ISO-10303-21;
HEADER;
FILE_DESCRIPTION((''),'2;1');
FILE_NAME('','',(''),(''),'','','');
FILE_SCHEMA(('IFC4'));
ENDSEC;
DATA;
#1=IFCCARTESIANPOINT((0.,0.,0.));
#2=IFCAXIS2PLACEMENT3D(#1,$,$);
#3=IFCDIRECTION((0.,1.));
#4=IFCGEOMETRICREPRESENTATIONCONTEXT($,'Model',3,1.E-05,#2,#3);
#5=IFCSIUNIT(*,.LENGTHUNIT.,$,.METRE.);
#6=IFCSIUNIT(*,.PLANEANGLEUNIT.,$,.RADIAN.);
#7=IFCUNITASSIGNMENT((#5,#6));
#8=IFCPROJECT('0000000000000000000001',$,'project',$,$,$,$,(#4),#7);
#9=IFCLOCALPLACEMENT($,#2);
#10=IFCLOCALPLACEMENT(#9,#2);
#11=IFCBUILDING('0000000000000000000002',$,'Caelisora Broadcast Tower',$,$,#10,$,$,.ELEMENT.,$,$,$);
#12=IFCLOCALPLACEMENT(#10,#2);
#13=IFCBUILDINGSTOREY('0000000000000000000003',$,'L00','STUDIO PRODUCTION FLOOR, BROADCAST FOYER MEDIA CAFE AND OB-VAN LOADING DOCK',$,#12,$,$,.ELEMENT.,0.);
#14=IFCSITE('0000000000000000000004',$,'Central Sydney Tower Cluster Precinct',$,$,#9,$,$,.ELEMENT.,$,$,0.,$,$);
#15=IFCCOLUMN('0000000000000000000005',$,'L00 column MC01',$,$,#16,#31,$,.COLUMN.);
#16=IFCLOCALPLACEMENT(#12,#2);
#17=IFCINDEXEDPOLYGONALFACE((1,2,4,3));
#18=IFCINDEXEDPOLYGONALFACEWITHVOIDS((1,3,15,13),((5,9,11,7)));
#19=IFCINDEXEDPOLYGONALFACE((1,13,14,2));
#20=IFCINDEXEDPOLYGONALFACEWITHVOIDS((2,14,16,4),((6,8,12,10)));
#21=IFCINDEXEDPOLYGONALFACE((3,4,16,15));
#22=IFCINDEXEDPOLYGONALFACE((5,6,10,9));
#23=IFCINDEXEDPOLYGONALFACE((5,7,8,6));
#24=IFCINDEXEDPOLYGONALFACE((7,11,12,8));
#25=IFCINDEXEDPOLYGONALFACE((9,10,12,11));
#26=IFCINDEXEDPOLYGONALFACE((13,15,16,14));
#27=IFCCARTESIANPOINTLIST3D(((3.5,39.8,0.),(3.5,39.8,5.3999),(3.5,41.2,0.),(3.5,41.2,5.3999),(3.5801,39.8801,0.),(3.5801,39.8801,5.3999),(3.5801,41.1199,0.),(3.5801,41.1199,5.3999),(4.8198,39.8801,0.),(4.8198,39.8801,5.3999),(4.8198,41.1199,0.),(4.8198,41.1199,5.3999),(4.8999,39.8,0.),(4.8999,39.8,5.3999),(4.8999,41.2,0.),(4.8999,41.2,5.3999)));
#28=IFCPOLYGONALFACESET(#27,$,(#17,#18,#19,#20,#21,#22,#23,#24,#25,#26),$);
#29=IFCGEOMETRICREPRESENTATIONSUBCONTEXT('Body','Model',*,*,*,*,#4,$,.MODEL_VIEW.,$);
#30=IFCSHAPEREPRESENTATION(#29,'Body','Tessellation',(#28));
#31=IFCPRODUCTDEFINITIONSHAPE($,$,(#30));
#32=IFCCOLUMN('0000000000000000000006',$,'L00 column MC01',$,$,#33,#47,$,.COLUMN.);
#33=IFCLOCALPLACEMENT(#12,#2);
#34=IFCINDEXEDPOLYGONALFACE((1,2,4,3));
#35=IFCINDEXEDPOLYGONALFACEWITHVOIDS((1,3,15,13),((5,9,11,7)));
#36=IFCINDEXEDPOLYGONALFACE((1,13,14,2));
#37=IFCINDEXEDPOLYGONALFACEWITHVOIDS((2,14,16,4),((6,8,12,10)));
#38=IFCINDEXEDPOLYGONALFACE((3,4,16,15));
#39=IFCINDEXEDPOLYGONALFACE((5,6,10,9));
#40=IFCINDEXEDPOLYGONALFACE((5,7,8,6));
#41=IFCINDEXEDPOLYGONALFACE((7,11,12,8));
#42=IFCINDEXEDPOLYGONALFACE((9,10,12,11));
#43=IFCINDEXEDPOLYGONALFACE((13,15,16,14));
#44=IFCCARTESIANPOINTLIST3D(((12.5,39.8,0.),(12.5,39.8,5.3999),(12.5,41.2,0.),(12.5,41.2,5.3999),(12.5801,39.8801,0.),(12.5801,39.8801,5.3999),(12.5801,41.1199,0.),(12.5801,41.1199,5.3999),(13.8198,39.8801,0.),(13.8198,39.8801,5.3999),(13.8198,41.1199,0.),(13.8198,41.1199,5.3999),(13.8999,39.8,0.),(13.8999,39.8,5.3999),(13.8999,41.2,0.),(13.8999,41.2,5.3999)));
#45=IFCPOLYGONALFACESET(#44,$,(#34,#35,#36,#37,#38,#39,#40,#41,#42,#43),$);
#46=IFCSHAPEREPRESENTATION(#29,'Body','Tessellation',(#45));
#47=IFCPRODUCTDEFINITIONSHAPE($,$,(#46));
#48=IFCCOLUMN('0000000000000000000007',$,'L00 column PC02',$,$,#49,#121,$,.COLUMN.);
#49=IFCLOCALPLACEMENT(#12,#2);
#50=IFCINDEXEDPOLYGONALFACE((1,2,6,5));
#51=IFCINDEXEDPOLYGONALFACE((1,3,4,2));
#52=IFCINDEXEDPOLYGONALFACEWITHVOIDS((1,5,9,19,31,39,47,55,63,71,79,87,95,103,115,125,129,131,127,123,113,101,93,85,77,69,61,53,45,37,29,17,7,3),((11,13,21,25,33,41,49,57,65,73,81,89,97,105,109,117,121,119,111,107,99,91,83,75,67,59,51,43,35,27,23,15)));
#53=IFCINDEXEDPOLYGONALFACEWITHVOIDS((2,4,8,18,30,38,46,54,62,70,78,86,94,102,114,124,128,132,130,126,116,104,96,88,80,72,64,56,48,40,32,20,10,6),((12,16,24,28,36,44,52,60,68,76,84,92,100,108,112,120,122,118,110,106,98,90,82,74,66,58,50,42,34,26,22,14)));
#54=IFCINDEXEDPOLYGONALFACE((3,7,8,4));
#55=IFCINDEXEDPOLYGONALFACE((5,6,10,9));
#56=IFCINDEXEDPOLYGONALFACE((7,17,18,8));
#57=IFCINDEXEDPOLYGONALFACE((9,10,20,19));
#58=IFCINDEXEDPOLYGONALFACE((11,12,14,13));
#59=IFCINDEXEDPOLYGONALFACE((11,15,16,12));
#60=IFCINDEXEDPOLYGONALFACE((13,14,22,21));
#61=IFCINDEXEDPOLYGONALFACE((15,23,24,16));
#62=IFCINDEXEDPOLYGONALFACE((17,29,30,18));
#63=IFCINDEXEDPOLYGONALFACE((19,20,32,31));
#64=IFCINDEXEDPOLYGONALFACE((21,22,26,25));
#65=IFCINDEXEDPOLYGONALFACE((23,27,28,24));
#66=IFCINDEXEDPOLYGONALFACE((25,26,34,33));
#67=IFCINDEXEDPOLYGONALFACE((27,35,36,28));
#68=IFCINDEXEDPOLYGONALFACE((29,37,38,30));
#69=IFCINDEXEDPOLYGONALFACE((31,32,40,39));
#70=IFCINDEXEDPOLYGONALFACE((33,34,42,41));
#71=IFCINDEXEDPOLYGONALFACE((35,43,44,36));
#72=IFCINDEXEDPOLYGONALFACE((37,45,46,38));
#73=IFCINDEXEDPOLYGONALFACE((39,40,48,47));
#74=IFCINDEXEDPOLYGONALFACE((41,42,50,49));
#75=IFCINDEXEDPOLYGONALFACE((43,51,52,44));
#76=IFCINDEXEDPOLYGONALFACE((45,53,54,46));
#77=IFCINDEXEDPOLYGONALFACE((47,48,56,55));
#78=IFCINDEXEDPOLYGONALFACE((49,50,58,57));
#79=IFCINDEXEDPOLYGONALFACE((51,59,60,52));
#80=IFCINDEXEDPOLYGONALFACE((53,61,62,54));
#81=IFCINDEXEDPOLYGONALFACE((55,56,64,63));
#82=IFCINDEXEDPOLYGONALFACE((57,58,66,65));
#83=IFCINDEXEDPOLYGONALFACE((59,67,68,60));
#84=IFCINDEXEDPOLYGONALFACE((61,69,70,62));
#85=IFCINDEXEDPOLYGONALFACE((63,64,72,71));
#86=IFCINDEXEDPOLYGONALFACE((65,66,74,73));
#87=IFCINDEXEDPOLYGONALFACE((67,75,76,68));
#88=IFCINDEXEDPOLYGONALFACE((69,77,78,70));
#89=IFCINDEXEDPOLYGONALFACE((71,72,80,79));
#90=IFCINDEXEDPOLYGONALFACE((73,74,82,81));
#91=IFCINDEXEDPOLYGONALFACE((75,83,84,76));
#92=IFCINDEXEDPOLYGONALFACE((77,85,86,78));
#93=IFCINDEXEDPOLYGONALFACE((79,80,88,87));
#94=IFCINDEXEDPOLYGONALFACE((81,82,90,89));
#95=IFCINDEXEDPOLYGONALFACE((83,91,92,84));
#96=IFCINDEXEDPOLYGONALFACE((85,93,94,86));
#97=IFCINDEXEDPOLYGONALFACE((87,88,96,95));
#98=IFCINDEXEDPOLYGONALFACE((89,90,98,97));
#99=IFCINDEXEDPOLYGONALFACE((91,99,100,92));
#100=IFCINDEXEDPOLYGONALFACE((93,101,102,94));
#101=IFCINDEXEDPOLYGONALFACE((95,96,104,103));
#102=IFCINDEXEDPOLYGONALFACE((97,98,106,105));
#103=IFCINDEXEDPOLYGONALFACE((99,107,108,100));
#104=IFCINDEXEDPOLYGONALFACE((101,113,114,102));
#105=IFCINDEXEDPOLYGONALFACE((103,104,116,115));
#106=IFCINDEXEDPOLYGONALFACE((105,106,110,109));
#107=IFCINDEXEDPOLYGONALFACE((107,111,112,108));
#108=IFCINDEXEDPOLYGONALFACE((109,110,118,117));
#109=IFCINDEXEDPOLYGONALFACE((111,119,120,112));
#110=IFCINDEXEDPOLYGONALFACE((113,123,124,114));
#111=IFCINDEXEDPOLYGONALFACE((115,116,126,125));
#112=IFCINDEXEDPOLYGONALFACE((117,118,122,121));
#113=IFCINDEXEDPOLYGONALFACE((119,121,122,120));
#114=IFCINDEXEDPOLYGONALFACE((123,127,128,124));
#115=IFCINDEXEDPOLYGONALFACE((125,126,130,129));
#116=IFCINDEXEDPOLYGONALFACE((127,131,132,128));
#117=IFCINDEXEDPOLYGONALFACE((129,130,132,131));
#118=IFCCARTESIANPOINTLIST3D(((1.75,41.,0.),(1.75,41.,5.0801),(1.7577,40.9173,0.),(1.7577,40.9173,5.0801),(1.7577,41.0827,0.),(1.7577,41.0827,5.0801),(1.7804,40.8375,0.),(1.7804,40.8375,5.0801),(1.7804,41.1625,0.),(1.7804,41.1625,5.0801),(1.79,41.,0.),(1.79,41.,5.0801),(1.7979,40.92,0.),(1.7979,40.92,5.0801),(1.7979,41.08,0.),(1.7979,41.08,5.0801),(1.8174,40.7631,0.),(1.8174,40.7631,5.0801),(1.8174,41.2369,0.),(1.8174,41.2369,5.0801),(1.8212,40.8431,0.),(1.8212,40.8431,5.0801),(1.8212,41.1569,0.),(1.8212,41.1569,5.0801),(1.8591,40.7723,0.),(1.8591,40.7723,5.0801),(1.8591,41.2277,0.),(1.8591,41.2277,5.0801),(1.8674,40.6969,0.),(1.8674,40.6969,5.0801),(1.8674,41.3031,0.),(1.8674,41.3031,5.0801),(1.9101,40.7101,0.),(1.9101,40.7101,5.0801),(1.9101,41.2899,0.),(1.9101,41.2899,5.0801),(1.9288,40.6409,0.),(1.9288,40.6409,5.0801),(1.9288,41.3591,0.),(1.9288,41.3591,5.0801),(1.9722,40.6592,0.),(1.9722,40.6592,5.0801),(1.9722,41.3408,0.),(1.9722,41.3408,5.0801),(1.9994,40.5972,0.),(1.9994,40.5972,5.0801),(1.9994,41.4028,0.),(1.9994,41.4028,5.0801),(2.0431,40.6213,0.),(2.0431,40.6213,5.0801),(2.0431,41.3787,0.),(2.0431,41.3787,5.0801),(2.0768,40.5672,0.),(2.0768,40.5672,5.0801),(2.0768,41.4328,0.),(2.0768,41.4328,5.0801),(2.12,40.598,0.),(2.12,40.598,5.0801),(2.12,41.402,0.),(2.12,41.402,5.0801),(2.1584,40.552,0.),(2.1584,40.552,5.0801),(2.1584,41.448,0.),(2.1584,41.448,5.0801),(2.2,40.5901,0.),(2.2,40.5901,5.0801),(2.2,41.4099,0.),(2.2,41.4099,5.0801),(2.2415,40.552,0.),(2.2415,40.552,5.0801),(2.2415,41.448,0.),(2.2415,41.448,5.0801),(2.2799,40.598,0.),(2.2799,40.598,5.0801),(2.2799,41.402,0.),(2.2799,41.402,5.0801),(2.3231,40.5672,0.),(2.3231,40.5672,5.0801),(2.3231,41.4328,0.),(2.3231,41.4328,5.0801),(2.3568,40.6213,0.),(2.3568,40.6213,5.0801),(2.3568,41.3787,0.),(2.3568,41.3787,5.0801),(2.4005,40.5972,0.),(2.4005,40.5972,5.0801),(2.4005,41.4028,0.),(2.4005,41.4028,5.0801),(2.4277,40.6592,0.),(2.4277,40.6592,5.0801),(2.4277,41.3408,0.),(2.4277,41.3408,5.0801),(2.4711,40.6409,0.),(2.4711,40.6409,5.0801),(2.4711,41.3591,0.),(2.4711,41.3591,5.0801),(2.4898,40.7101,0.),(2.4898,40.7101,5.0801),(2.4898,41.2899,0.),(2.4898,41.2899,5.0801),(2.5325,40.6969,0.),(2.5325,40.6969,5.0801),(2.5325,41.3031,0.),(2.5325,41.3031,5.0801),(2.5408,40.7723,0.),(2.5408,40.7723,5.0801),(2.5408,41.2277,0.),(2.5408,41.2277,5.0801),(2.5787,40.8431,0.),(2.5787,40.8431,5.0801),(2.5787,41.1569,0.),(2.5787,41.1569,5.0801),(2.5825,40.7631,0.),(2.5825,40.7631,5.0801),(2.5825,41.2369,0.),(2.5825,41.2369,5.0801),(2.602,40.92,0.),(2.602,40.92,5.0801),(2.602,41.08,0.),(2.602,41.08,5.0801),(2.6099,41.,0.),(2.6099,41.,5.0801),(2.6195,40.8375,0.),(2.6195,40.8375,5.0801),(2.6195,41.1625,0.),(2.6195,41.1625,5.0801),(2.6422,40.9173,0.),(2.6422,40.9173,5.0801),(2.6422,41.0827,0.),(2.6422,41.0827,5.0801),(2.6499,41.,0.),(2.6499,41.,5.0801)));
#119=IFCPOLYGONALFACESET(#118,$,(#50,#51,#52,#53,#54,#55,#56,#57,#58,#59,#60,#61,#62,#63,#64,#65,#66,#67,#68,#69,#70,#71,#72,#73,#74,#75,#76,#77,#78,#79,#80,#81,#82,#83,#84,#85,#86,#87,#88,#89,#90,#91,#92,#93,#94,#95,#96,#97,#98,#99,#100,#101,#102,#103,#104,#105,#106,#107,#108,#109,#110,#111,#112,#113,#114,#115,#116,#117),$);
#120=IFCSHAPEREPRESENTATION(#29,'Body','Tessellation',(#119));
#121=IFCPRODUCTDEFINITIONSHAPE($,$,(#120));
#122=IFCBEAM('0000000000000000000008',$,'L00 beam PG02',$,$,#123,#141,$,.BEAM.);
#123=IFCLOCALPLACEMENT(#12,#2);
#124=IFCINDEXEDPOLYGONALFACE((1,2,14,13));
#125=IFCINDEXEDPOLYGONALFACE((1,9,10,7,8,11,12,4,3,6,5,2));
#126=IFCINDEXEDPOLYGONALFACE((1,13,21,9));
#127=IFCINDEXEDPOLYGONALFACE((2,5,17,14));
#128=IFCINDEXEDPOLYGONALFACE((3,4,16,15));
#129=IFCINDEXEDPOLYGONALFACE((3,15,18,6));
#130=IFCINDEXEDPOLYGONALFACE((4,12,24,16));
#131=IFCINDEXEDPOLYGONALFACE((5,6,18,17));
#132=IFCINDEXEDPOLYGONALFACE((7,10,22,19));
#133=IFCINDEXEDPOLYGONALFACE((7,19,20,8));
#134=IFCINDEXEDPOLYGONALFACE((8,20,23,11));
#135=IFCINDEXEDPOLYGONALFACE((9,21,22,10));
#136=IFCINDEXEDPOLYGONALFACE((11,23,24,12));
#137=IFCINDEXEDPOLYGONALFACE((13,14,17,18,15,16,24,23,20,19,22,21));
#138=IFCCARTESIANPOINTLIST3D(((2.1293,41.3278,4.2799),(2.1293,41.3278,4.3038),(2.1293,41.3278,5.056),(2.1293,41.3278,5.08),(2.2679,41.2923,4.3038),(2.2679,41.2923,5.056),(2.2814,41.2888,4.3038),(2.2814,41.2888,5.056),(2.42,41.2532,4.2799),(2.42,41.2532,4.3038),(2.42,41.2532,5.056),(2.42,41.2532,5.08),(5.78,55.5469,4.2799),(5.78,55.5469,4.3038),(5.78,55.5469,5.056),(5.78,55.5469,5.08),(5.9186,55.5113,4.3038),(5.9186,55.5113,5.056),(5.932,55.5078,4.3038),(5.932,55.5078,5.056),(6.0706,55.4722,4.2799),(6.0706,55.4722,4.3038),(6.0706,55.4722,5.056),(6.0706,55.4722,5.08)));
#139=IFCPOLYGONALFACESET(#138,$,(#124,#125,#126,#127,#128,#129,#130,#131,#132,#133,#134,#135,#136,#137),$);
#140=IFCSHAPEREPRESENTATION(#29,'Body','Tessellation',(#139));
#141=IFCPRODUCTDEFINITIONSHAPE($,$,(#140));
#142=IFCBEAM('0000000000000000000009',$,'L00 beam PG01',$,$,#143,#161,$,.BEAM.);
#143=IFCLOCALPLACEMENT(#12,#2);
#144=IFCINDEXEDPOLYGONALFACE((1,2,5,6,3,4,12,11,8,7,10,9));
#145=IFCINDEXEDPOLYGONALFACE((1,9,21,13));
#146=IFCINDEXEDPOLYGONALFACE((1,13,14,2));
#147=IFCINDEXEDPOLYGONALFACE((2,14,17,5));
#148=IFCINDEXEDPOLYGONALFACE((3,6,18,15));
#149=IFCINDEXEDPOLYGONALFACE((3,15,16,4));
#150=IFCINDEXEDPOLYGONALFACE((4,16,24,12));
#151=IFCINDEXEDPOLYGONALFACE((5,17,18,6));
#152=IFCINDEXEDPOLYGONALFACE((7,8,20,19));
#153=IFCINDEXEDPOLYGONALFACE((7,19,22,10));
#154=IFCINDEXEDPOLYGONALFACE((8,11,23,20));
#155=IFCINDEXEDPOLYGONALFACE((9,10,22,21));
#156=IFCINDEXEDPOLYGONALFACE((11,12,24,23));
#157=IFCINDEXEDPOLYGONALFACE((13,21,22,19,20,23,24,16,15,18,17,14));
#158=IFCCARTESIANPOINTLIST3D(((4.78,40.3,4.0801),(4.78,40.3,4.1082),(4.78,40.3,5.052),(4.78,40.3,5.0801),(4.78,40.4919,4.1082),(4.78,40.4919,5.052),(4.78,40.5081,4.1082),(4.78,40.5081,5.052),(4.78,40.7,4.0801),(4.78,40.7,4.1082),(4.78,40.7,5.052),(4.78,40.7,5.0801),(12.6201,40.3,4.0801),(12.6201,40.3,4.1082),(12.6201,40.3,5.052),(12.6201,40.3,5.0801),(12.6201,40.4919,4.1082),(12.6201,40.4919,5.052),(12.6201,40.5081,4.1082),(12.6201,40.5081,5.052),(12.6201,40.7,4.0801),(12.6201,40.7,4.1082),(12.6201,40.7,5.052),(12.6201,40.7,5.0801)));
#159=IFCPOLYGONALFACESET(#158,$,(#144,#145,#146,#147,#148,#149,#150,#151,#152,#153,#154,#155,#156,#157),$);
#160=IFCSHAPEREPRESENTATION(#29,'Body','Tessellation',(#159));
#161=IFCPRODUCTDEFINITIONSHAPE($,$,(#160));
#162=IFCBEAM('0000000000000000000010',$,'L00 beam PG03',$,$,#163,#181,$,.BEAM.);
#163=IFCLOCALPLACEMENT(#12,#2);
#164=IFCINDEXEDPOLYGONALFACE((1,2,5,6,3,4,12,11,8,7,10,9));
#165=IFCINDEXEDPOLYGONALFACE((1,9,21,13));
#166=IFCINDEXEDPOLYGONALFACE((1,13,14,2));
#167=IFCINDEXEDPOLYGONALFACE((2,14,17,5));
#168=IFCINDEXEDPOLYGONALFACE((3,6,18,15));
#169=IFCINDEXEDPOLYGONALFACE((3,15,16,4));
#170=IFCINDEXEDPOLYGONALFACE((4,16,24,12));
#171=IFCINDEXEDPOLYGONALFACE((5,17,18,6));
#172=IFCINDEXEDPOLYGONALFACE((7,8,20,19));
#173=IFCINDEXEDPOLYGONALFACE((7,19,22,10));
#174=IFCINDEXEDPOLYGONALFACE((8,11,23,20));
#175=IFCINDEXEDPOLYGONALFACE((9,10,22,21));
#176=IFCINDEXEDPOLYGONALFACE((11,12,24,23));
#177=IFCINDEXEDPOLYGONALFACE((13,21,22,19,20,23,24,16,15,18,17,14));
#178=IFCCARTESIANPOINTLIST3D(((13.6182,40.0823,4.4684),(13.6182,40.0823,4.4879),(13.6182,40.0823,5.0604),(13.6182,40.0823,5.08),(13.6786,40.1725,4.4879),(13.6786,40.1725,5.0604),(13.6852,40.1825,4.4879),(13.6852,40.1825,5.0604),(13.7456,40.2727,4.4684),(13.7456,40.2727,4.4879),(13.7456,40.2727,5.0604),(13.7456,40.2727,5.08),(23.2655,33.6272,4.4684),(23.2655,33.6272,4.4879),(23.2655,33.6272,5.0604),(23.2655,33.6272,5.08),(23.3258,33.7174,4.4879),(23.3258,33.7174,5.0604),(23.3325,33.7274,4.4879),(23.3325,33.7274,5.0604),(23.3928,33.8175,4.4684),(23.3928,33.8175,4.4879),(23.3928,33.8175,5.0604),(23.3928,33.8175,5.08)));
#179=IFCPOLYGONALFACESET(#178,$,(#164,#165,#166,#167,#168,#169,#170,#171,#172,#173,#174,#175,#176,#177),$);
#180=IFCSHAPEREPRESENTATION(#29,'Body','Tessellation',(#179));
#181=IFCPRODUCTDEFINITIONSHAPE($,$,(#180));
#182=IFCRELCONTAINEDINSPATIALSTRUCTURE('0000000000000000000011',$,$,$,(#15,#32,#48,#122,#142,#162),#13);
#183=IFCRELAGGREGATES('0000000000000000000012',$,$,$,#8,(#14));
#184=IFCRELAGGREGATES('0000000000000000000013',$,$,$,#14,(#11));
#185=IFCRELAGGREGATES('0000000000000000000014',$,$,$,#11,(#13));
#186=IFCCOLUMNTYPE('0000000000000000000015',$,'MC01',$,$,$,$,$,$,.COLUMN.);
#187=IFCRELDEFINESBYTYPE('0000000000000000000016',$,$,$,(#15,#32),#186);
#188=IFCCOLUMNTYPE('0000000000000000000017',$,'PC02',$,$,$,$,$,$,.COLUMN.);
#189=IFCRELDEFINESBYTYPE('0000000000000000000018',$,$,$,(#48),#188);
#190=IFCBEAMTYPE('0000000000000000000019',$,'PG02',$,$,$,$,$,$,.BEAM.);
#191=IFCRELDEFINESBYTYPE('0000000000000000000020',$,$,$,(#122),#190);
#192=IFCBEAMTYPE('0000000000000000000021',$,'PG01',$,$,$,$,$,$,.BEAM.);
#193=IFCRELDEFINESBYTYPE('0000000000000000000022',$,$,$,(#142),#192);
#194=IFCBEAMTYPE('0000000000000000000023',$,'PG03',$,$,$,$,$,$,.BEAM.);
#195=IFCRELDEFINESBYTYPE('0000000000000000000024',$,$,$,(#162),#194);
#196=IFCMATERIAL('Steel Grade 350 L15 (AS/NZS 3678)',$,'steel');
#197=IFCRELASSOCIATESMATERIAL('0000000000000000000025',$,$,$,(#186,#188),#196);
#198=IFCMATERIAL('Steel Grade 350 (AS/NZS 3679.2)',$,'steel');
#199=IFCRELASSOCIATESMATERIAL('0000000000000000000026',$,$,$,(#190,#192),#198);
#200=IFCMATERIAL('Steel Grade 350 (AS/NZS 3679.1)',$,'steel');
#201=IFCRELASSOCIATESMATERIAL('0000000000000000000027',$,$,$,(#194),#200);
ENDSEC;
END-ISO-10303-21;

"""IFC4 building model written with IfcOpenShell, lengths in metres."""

from ifc_helpers import new_model, si_unit, direction, frame, origin, origin_2d, place, context, subcontext, project, spatial, hollow_rectangle, hollow_circle, i_section, extrude, source, transform, mapped, material, material_profile, profile_set, type_object, type_shapes, element, save


model = new_model("IFC4")

# Units and contexts
model_context = context("Model", 3, precision=1e-05, world=origin(), true_north=direction((0.0, 1.0)))
body_context = subcontext(model_context, "Body", "Model", "MODEL_VIEW")
ifc_project = project(units=[si_unit("LENGTHUNIT", "METRE"), si_unit("PLANEANGLEUNIT", "RADIAN")], contexts=[model_context])

# Site, building, storey
site_placement = place(None, origin())
site = spatial("IfcSite", under=ifc_project, at=site_placement, Name="Central Sydney Tower Cluster Precinct", CompositionType="ELEMENT", RefElevation=0.0)
building_placement = place(site_placement, origin())
building = spatial("IfcBuilding", under=site, at=building_placement, Name="Caelisora Broadcast Tower", CompositionType="ELEMENT")
storey_placement = place(building_placement, origin())
storey = spatial("IfcBuildingStorey", under=building, at=storey_placement, Name="L00", Description="STUDIO PRODUCTION FLOOR, BROADCAST FOYER MEDIA CAFE AND OB-VAN LOADING DOCK", CompositionType="ELEMENT", Elevation=0.0)

# Columns
ifc_material_1 = material(Name="Steel Grade 350 L15 (AS/NZS 3678)", Category="steel")
ifc_material_profile_1 = material_profile(ifc_material_1, hollow_rectangle(XDim=1.3999, YDim=1.3999, WallThickness=0.0801, at=origin_2d()), Name="Steel Grade 350 L15 (AS/NZS 3678)")
ifc_profile_set_1 = profile_set([ifc_material_profile_1], Name="Steel Grade 350 L15 (AS/NZS 3678)")
column_type_1 = type_object("IfcColumnType", Name="MC01", PredefinedType="COLUMN", material=ifc_profile_set_1)
shared_shape_1 = source(origin(), body_context, "Body", "SweptSolid", [
    extrude(hollow_rectangle(XDim=1.3999, YDim=1.3999, WallThickness=0.0801, at=origin_2d()), origin(), (0.0, 0.0, 1.0), 5.3999),
])
type_shapes(column_type_1, [shared_shape_1])
for number, where, z_axis, x_axis, name in (
    (1, (4.2, 40.5, 0.0), (0.0, 0.0, 1.0), (1.0, 0.0, 0.0), "L00 column MC01"),
    (2, (13.2, 40.5, 0.0), (0.0, 0.0, 1.0), (1.0, 0.0, 0.0), "L00 column MC01"),
):
    element("IfcColumn", number, at=place(storey_placement, frame(where, z_axis=z_axis, x_axis=x_axis)), inside=storey, type_object=column_type_1, Name=name, PredefinedType="COLUMN", context=body_context, shape_type="MappedRepresentation", body=[
        mapped(shared_shape_1, transform((0.0, 0.0, 0.0), scale=1.0)),
    ])
ifc_material_profile_2 = material_profile(ifc_material_1, hollow_circle(Radius=0.45, WallThickness=0.04, at=origin_2d()), Name="Steel Grade 350 L15 (AS/NZS 3678)")
ifc_profile_set_2 = profile_set([ifc_material_profile_2], Name="Steel Grade 350 L15 (AS/NZS 3678)")
column_type_2 = type_object("IfcColumnType", Name="PC02", PredefinedType="COLUMN", material=ifc_profile_set_2)
shared_shape_2 = source(origin(), body_context, "Body", "SweptSolid", [
    extrude(hollow_circle(Radius=0.45, WallThickness=0.04, at=origin_2d()), origin(), (0.0, 0.0, 1.0), 5.0801),
])
type_shapes(column_type_2, [shared_shape_2])
column_placement = place(storey_placement, frame((2.2, 41.0, 0.0), z_axis=(0.0, 0.0, 1.0), x_axis=(1.0, 0.0, 0.0)))
element("IfcColumn", 3, at=column_placement, inside=storey, type_object=column_type_2, Name="L00 column PC02", PredefinedType="COLUMN", context=body_context, shape_type="MappedRepresentation", body=[
    mapped(shared_shape_2, transform((0.0, 0.0, 0.0), scale=1.0)),
])

# Beams
ifc_material_2 = material(Name="Steel Grade 350 (AS/NZS 3679.2)", Category="steel")
ifc_material_profile_3 = material_profile(ifc_material_2, i_section(OverallWidth=0.3, OverallDepth=0.8, WebThickness=0.0139, FlangeThickness=0.0239, at=origin_2d()), Name="Steel Grade 350 (AS/NZS 3679.2)")
ifc_profile_set_3 = profile_set([ifc_material_profile_3], Name="Steel Grade 350 (AS/NZS 3679.2)")
beam_type_1 = type_object("IfcBeamType", Name="PG02", PredefinedType="BEAM", material=ifc_profile_set_3)
shared_shape_3 = source(origin(), body_context, "Body", "SweptSolid", [
    extrude(i_section(OverallWidth=0.3, OverallDepth=0.8, WebThickness=0.0139, FlangeThickness=0.0239, at=origin_2d()), origin(), (0.0, 0.0, 1.0), 14.6802),
])
type_shapes(beam_type_1, [shared_shape_3])
beam_1_placement = place(storey_placement, frame((2.2747, 41.2905, 4.6799), z_axis=(0.248678, 0.968586, 0.0), x_axis=(-0.968586, 0.248678, 0.0)))
element("IfcBeam", 4, at=beam_1_placement, inside=storey, type_object=beam_type_1, Name="L00 beam PG02", PredefinedType="BEAM", context=body_context, shape_type="MappedRepresentation", body=[
    mapped(shared_shape_3, transform((0.0, 0.0, 0.0), scale=1.0)),
])
ifc_material_profile_4 = material_profile(ifc_material_2, i_section(OverallWidth=0.3999, OverallDepth=1.0, WebThickness=0.0161, FlangeThickness=0.0281, at=origin_2d()), Name="Steel Grade 350 (AS/NZS 3679.2)")
ifc_profile_set_4 = profile_set([ifc_material_profile_4], Name="Steel Grade 350 (AS/NZS 3679.2)")
beam_type_2 = type_object("IfcBeamType", Name="PG01", PredefinedType="BEAM", material=ifc_profile_set_4)
shared_shape_4 = source(origin(), body_context, "Body", "SweptSolid", [
    extrude(i_section(OverallWidth=0.3999, OverallDepth=1.0, WebThickness=0.0161, FlangeThickness=0.0281, at=origin_2d()), origin(), (0.0, 0.0, 1.0), 7.8401),
])
type_shapes(beam_type_2, [shared_shape_4])
beam_2_placement = place(storey_placement, frame((4.78, 40.5, 4.5801), z_axis=(1.0, 0.0, 0.0), x_axis=(0.0, 1.0, 0.0)))
element("IfcBeam", 5, at=beam_2_placement, inside=storey, type_object=beam_type_2, Name="L00 beam PG01", PredefinedType="BEAM", context=body_context, shape_type="MappedRepresentation", body=[
    mapped(shared_shape_4, transform((0.0, 0.0, 0.0), scale=1.0)),
])
ifc_material_3 = material(Name="Steel Grade 350 (AS/NZS 3679.1)", Category="steel")
ifc_material_profile_5 = material_profile(ifc_material_3, i_section(OverallWidth=0.229, OverallDepth=0.6116, WebThickness=0.012, FlangeThickness=0.0195, at=origin_2d()), Name="Steel Grade 350 (AS/NZS 3679.1)")
ifc_profile_set_5 = profile_set([ifc_material_profile_5], Name="Steel Grade 350 (AS/NZS 3679.1)")
beam_type_3 = type_object("IfcBeamType", Name="PG03", PredefinedType="BEAM", material=ifc_profile_set_5)
shared_shape_5 = source(origin(), body_context, "Body", "SweptSolid", [
    extrude(i_section(OverallWidth=0.229, OverallDepth=0.6116, WebThickness=0.012, FlangeThickness=0.0195, at=origin_2d()), origin(), (0.0, 0.0, 1.0), 11.6077),
])
type_shapes(beam_type_3, [shared_shape_5])
beam_3_placement = place(storey_placement, frame((13.6819, 40.1775, 4.7742), z_axis=(0.831111, -0.556107, 0.0), x_axis=(0.556107, 0.831111, 0.0)))
element("IfcBeam", 6, at=beam_3_placement, inside=storey, type_object=beam_type_3, Name="L00 beam PG03", PredefinedType="BEAM", context=body_context, shape_type="MappedRepresentation", body=[
    mapped(shared_shape_5, transform((0.0, 0.0, 0.0), scale=1.0)),
])

save(model, "model.ifc")
